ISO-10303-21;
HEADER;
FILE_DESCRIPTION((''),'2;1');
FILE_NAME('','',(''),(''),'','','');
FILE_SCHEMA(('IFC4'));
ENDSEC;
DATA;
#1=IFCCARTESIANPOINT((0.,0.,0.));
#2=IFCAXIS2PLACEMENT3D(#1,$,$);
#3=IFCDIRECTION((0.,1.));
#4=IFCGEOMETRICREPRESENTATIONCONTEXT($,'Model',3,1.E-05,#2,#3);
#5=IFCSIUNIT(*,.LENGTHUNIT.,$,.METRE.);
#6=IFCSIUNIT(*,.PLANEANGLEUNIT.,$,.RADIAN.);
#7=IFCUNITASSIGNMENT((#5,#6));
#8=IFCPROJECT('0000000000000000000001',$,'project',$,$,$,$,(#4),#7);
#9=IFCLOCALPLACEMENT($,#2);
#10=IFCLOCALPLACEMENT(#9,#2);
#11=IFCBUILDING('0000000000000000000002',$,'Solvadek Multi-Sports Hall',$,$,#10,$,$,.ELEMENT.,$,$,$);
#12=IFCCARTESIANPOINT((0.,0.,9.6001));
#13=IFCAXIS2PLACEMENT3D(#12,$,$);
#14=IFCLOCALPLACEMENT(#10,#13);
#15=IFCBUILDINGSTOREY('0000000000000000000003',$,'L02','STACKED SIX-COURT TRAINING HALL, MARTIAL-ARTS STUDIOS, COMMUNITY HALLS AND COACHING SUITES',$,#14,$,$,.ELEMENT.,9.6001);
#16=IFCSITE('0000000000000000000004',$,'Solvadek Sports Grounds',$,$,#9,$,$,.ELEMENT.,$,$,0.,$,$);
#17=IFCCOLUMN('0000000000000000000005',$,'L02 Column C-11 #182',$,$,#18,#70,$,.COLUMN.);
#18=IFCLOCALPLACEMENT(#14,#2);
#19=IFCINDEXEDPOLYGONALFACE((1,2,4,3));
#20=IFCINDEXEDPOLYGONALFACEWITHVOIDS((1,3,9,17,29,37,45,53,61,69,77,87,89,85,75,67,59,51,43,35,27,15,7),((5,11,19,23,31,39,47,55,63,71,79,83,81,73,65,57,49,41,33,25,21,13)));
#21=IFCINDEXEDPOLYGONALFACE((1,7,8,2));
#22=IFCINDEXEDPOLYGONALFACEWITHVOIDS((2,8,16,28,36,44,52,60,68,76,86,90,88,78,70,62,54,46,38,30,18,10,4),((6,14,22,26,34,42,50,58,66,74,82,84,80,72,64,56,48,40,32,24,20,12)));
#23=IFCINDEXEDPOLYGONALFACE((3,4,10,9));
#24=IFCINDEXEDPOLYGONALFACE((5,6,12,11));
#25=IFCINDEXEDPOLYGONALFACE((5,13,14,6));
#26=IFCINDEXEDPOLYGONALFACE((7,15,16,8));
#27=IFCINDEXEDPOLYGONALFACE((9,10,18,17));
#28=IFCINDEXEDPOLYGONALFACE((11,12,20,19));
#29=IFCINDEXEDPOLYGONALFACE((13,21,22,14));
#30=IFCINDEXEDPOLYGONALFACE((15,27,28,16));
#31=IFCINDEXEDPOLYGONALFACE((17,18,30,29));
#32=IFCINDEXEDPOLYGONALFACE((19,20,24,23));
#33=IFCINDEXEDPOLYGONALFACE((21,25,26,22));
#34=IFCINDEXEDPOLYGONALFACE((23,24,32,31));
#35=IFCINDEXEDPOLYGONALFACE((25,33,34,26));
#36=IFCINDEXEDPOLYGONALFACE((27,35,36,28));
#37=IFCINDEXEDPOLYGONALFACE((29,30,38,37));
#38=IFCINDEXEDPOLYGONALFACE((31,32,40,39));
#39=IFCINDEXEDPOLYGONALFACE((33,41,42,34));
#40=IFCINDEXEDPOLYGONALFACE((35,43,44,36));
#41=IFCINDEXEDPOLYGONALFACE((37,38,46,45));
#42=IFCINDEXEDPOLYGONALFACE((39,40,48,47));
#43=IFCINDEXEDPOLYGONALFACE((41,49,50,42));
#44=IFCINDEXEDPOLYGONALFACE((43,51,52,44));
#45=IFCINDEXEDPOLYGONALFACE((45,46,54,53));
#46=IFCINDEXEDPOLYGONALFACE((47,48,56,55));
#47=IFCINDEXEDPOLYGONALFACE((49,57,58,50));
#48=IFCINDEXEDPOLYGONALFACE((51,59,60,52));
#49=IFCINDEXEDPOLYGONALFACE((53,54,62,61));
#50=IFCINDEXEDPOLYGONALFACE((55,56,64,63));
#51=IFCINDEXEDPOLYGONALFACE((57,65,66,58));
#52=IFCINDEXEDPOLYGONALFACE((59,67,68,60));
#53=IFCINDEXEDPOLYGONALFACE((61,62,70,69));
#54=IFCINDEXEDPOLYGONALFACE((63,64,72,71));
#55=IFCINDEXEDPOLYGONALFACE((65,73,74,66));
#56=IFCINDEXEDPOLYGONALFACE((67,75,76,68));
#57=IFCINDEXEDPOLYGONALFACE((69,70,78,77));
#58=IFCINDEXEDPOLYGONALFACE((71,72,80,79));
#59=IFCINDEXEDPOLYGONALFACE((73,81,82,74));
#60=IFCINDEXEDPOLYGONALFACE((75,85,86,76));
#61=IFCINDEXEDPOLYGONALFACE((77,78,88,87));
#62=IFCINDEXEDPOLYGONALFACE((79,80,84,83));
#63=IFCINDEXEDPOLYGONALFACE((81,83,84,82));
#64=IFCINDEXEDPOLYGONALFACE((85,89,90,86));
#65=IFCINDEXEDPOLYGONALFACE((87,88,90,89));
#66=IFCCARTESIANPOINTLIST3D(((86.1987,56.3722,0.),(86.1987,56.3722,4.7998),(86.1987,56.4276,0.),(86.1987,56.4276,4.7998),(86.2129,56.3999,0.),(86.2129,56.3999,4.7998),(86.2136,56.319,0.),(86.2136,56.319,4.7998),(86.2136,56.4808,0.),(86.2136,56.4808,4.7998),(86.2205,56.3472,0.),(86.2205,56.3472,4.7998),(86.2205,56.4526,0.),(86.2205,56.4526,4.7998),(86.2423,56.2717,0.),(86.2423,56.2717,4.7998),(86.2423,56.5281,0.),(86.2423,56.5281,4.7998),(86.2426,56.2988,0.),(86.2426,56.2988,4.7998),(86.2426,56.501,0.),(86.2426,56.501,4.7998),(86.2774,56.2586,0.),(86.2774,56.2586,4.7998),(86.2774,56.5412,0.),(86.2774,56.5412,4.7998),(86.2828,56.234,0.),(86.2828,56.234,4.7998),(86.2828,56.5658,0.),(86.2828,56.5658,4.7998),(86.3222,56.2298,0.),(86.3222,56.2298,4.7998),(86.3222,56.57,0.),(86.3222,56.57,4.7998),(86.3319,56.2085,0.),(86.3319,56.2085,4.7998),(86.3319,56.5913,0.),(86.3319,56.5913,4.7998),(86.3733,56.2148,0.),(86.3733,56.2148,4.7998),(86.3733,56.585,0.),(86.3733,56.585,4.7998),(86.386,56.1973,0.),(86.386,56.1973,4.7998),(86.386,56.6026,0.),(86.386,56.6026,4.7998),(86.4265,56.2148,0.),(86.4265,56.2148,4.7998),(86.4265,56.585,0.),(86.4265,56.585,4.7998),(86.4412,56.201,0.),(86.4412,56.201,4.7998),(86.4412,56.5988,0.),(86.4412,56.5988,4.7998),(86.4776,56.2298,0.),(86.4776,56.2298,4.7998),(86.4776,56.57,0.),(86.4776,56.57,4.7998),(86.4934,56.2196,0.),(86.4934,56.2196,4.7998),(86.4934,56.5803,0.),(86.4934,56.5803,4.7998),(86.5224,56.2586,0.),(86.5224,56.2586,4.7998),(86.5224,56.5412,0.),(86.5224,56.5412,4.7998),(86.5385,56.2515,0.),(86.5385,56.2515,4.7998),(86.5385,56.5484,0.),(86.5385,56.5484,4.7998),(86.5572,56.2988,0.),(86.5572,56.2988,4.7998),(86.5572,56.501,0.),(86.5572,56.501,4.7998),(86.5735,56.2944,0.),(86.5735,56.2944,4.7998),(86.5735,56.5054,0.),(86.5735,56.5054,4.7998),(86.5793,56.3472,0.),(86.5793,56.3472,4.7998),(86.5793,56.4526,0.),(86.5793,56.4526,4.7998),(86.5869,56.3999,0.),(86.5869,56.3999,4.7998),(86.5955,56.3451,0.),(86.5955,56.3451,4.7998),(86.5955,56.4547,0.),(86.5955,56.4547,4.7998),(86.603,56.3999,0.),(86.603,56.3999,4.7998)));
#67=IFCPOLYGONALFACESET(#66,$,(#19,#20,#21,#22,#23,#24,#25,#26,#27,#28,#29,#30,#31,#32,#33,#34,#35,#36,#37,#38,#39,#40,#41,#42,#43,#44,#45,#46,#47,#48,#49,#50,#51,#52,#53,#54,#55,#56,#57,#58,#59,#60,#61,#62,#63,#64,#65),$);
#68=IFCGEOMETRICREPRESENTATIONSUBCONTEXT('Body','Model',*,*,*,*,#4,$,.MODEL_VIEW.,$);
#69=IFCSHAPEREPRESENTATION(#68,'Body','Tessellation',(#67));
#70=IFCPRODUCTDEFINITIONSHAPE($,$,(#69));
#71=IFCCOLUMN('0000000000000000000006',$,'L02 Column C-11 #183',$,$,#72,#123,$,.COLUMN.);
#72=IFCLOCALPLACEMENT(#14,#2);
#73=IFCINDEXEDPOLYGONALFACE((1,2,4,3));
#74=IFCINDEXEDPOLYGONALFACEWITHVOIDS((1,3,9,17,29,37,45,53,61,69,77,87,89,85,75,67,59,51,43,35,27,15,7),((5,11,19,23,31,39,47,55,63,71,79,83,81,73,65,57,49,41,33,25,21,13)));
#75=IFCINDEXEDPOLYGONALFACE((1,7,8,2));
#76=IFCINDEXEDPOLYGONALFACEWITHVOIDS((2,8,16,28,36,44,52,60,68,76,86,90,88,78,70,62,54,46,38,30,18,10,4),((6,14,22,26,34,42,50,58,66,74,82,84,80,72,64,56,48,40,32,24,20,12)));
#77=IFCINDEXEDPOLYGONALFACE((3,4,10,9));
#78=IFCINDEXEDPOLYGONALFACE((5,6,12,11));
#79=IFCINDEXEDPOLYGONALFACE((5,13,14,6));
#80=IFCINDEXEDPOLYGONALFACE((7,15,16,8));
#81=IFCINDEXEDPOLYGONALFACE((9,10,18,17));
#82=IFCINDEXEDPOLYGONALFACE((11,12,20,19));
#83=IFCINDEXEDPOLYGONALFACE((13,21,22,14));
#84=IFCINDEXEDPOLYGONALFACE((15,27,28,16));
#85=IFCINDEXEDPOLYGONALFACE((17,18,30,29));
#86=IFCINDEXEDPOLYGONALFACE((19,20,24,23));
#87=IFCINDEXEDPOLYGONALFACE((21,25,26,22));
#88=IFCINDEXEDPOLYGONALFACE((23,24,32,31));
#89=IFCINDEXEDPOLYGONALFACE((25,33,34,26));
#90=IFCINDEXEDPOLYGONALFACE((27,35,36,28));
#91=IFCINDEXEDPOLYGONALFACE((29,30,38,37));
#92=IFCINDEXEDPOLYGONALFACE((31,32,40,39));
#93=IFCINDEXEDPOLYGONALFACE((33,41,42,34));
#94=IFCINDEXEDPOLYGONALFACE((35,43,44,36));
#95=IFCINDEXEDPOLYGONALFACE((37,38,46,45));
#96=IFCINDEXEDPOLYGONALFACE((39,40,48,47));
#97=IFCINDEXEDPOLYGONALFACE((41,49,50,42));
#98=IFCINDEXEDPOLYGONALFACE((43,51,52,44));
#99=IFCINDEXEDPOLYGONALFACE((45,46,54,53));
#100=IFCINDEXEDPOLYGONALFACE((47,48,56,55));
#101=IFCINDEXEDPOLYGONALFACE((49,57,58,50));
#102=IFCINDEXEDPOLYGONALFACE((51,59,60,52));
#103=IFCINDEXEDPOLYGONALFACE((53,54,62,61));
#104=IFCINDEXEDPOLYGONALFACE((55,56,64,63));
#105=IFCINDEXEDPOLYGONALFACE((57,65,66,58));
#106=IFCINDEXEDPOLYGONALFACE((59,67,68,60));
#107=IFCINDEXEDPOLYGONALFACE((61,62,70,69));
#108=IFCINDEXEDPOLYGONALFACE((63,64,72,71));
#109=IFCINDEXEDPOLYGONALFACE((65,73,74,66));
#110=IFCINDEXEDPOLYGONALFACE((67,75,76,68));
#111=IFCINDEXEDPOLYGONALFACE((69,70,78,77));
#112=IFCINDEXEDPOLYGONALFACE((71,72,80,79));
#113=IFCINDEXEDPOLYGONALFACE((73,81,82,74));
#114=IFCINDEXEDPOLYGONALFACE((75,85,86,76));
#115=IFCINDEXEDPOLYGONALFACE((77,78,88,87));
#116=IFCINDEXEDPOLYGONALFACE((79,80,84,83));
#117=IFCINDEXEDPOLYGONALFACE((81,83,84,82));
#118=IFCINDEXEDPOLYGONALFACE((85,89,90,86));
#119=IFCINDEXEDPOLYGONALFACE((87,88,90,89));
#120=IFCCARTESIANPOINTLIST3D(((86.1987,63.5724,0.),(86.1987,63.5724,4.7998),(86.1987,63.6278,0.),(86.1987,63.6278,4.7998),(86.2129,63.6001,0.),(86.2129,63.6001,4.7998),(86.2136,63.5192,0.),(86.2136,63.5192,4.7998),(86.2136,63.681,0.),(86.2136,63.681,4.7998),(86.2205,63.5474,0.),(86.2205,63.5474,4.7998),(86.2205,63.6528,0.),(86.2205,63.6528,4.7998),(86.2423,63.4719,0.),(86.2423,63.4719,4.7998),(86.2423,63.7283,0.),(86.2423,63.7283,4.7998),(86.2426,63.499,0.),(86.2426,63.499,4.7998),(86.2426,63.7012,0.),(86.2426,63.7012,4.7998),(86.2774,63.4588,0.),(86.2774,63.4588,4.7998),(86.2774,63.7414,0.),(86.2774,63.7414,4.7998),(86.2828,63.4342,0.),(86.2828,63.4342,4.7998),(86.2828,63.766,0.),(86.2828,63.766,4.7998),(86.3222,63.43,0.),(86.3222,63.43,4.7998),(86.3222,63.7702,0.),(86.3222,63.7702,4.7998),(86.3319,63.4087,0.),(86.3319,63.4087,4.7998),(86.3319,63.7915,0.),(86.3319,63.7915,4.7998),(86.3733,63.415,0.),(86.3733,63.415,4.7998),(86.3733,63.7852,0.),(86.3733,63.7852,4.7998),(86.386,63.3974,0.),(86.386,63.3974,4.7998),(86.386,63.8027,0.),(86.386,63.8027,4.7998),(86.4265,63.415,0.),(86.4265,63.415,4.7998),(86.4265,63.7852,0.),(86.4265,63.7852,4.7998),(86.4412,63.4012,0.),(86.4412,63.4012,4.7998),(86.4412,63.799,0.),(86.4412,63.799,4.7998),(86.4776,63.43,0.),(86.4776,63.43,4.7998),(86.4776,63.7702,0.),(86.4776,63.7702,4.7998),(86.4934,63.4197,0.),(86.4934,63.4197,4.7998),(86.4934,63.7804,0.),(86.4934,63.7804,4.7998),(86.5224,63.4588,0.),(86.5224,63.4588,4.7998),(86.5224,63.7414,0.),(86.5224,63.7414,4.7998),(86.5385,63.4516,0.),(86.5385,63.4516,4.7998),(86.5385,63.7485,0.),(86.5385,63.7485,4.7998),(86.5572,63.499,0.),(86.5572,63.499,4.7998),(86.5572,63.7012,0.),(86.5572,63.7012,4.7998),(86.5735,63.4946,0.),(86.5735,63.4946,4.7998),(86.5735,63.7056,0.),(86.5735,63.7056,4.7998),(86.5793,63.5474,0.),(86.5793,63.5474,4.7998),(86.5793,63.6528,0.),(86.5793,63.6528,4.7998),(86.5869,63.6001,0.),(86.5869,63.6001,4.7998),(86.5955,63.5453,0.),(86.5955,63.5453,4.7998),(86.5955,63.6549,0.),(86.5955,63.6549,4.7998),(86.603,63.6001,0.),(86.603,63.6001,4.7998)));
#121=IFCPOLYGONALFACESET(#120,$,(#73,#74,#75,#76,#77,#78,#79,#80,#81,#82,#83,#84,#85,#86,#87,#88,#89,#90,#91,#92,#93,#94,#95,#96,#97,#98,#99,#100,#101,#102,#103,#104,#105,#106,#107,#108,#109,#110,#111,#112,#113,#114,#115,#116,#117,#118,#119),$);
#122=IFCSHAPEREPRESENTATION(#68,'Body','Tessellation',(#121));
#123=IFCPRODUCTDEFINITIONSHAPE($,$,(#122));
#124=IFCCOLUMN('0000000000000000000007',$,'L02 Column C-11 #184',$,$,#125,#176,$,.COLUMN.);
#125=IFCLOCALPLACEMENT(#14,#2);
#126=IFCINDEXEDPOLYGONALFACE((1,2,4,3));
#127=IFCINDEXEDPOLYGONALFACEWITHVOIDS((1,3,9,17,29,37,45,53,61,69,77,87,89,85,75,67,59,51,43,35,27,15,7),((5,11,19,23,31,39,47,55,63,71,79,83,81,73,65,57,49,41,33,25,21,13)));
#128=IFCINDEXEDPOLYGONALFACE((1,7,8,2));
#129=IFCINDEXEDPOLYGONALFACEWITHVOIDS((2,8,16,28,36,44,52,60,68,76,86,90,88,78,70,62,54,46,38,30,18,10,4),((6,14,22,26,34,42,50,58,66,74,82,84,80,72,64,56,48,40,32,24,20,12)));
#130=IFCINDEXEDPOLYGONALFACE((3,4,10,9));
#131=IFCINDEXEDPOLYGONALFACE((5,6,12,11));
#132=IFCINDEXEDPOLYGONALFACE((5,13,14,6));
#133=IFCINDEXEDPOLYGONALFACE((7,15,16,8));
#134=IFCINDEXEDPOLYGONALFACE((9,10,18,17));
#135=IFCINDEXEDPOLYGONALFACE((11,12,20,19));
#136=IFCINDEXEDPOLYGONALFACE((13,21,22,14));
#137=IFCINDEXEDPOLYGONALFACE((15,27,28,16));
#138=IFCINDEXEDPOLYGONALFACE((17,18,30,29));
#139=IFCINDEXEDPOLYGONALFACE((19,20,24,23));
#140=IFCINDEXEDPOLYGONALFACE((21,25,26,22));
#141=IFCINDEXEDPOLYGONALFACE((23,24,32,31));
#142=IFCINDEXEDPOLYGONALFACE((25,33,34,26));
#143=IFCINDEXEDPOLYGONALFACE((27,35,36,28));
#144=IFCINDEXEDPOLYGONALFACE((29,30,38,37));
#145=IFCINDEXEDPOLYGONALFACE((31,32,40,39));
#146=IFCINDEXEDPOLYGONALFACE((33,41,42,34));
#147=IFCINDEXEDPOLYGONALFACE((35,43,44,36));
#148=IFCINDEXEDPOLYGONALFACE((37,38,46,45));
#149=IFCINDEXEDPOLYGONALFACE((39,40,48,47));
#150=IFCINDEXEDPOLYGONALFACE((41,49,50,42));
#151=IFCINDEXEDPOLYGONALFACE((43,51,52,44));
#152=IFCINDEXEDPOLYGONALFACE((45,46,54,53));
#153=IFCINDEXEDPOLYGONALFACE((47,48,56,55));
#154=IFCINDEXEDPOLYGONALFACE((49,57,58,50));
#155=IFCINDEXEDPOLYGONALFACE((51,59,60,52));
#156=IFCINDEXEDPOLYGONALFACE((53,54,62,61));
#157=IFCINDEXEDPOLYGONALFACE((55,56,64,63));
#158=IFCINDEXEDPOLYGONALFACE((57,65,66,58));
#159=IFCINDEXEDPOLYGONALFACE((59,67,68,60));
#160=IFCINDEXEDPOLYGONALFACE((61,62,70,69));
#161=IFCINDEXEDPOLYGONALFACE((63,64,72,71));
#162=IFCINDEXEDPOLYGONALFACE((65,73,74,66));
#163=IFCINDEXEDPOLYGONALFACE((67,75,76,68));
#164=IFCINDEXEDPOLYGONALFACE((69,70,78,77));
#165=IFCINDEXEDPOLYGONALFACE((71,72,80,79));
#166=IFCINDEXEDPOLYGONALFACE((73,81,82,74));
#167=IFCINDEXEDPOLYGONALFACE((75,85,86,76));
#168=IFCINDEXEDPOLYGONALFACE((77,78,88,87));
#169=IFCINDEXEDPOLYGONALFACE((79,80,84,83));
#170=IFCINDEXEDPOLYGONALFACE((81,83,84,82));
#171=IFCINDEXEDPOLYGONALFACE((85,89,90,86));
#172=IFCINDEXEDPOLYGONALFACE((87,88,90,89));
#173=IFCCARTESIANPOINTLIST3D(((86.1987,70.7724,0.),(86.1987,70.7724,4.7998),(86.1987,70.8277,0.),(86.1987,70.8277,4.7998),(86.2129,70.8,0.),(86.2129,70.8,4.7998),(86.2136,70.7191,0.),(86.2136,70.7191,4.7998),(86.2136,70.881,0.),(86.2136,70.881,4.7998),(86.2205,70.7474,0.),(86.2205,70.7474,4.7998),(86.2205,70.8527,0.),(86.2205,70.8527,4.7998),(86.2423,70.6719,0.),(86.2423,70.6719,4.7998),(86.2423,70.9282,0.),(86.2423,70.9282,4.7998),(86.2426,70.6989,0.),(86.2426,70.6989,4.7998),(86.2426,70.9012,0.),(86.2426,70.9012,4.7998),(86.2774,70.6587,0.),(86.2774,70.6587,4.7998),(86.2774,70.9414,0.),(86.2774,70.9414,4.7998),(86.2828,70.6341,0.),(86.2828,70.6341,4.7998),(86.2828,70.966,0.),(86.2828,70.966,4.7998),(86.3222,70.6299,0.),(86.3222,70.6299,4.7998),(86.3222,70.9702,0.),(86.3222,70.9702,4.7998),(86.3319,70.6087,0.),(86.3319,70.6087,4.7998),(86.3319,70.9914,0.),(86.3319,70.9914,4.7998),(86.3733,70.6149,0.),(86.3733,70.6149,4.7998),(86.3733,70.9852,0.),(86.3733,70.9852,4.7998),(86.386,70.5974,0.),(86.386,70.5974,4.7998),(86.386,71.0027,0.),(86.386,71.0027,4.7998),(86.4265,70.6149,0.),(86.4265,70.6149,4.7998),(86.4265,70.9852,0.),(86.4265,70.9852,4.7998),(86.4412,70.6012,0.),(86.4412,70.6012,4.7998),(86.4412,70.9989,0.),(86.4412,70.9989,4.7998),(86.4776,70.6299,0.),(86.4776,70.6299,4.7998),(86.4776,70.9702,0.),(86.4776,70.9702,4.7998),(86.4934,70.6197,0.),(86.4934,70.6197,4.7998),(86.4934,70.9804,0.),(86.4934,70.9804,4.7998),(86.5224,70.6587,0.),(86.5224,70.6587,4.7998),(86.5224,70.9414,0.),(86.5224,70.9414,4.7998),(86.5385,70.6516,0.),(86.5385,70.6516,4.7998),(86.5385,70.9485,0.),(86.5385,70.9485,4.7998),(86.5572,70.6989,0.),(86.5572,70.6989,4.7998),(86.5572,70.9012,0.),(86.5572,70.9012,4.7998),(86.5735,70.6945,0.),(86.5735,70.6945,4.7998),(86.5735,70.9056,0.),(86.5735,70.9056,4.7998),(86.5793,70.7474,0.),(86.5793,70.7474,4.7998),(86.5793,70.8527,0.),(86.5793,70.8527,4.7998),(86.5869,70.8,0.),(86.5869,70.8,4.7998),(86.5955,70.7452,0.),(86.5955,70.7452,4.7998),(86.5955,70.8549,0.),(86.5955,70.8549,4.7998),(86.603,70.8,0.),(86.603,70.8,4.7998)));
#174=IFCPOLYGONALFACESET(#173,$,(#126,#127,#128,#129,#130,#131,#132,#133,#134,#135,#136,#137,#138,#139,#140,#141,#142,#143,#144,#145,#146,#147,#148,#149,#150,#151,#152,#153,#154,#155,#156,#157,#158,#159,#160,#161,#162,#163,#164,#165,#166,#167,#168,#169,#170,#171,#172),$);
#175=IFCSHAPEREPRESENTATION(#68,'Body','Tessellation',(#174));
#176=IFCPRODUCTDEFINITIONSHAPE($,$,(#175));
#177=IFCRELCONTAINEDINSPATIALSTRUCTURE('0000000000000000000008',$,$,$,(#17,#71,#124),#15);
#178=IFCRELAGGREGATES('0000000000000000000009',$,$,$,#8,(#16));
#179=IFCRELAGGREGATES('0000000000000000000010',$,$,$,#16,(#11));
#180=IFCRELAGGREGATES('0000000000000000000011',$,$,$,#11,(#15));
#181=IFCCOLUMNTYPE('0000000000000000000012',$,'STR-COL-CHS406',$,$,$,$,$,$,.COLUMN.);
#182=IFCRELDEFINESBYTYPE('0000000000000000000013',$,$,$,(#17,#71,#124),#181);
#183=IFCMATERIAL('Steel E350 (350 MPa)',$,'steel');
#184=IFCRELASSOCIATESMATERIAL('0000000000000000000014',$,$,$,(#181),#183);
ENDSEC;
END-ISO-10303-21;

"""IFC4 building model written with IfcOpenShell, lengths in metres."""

from ifc_helpers import new_model, si_unit, direction, frame, origin, origin_2d, place, context, subcontext, project, spatial, hollow_circle, extrude, material, material_profile, profile_set, type_object, element, save


model = new_model("IFC4")

# Units and contexts
model_context = context("Model", 3, precision=1e-05, world=origin(), true_north=direction((0.0, 1.0)))
body_context = subcontext(model_context, "Body", "Model", "MODEL_VIEW")
ifc_project = project(units=[si_unit("LENGTHUNIT", "METRE"), si_unit("PLANEANGLEUNIT", "RADIAN")], contexts=[model_context])

# Site, building, storey
site_placement = place(None, origin())
site = spatial("IfcSite", under=ifc_project, at=site_placement, Name="Solvadek Sports Grounds", CompositionType="ELEMENT", RefElevation=0.0)
building_placement = place(site_placement, origin())
building = spatial("IfcBuilding", under=site, at=building_placement, Name="Solvadek Multi-Sports Hall", CompositionType="ELEMENT")
storey_placement = place(building_placement, frame((0.0, 0.0, 9.6001)))
storey = spatial("IfcBuildingStorey", under=building, at=storey_placement, Name="L02", Description="STACKED SIX-COURT TRAINING HALL, MARTIAL-ARTS STUDIOS, COMMUNITY HALLS AND COACHING SUITES", CompositionType="ELEMENT", Elevation=9.6001)

# Columns
ifc_material_1 = material(Name="Steel E350 (350 MPa)", Category="steel")
ifc_material_profile_1 = material_profile(ifc_material_1, hollow_circle(Radius=0.2031, WallThickness=0.0161, at=origin_2d()), Name="CHS 406.4x16")
ifc_profile_set_1 = profile_set([ifc_material_profile_1], Name="Steel E350 (350 MPa)")
column_type = type_object("IfcColumnType", Name="STR-COL-CHS406", PredefinedType="COLUMN", material=ifc_profile_set_1)
for number, where, z_axis, x_axis, name in (
    (1, (86.3999, 56.3999, 0.0), (0.0, 0.0, 1.0), (1.0, 0.0, 0.0), "L02 Column C-11 #182"),
    (2, (86.3999, 63.6001, 0.0), (0.0, 0.0, 1.0), (1.0, 0.0, 0.0), "L02 Column C-11 #183"),
    (3, (86.3999, 70.8, 0.0), (0.0, 0.0, 1.0), (1.0, 0.0, 0.0), "L02 Column C-11 #184"),
):
    element("IfcColumn", number, at=place(storey_placement, frame(where, z_axis=z_axis, x_axis=x_axis)), inside=storey, type_object=column_type, Name=name, PredefinedType="COLUMN", context=body_context, shape_type="SweptSolid", body=[
        extrude(hollow_circle(Radius=0.2031, WallThickness=0.0161, at=origin_2d()), origin(), (0.0, 0.0, 1.0), 4.7998),
    ])

save(model, "model.ifc")
